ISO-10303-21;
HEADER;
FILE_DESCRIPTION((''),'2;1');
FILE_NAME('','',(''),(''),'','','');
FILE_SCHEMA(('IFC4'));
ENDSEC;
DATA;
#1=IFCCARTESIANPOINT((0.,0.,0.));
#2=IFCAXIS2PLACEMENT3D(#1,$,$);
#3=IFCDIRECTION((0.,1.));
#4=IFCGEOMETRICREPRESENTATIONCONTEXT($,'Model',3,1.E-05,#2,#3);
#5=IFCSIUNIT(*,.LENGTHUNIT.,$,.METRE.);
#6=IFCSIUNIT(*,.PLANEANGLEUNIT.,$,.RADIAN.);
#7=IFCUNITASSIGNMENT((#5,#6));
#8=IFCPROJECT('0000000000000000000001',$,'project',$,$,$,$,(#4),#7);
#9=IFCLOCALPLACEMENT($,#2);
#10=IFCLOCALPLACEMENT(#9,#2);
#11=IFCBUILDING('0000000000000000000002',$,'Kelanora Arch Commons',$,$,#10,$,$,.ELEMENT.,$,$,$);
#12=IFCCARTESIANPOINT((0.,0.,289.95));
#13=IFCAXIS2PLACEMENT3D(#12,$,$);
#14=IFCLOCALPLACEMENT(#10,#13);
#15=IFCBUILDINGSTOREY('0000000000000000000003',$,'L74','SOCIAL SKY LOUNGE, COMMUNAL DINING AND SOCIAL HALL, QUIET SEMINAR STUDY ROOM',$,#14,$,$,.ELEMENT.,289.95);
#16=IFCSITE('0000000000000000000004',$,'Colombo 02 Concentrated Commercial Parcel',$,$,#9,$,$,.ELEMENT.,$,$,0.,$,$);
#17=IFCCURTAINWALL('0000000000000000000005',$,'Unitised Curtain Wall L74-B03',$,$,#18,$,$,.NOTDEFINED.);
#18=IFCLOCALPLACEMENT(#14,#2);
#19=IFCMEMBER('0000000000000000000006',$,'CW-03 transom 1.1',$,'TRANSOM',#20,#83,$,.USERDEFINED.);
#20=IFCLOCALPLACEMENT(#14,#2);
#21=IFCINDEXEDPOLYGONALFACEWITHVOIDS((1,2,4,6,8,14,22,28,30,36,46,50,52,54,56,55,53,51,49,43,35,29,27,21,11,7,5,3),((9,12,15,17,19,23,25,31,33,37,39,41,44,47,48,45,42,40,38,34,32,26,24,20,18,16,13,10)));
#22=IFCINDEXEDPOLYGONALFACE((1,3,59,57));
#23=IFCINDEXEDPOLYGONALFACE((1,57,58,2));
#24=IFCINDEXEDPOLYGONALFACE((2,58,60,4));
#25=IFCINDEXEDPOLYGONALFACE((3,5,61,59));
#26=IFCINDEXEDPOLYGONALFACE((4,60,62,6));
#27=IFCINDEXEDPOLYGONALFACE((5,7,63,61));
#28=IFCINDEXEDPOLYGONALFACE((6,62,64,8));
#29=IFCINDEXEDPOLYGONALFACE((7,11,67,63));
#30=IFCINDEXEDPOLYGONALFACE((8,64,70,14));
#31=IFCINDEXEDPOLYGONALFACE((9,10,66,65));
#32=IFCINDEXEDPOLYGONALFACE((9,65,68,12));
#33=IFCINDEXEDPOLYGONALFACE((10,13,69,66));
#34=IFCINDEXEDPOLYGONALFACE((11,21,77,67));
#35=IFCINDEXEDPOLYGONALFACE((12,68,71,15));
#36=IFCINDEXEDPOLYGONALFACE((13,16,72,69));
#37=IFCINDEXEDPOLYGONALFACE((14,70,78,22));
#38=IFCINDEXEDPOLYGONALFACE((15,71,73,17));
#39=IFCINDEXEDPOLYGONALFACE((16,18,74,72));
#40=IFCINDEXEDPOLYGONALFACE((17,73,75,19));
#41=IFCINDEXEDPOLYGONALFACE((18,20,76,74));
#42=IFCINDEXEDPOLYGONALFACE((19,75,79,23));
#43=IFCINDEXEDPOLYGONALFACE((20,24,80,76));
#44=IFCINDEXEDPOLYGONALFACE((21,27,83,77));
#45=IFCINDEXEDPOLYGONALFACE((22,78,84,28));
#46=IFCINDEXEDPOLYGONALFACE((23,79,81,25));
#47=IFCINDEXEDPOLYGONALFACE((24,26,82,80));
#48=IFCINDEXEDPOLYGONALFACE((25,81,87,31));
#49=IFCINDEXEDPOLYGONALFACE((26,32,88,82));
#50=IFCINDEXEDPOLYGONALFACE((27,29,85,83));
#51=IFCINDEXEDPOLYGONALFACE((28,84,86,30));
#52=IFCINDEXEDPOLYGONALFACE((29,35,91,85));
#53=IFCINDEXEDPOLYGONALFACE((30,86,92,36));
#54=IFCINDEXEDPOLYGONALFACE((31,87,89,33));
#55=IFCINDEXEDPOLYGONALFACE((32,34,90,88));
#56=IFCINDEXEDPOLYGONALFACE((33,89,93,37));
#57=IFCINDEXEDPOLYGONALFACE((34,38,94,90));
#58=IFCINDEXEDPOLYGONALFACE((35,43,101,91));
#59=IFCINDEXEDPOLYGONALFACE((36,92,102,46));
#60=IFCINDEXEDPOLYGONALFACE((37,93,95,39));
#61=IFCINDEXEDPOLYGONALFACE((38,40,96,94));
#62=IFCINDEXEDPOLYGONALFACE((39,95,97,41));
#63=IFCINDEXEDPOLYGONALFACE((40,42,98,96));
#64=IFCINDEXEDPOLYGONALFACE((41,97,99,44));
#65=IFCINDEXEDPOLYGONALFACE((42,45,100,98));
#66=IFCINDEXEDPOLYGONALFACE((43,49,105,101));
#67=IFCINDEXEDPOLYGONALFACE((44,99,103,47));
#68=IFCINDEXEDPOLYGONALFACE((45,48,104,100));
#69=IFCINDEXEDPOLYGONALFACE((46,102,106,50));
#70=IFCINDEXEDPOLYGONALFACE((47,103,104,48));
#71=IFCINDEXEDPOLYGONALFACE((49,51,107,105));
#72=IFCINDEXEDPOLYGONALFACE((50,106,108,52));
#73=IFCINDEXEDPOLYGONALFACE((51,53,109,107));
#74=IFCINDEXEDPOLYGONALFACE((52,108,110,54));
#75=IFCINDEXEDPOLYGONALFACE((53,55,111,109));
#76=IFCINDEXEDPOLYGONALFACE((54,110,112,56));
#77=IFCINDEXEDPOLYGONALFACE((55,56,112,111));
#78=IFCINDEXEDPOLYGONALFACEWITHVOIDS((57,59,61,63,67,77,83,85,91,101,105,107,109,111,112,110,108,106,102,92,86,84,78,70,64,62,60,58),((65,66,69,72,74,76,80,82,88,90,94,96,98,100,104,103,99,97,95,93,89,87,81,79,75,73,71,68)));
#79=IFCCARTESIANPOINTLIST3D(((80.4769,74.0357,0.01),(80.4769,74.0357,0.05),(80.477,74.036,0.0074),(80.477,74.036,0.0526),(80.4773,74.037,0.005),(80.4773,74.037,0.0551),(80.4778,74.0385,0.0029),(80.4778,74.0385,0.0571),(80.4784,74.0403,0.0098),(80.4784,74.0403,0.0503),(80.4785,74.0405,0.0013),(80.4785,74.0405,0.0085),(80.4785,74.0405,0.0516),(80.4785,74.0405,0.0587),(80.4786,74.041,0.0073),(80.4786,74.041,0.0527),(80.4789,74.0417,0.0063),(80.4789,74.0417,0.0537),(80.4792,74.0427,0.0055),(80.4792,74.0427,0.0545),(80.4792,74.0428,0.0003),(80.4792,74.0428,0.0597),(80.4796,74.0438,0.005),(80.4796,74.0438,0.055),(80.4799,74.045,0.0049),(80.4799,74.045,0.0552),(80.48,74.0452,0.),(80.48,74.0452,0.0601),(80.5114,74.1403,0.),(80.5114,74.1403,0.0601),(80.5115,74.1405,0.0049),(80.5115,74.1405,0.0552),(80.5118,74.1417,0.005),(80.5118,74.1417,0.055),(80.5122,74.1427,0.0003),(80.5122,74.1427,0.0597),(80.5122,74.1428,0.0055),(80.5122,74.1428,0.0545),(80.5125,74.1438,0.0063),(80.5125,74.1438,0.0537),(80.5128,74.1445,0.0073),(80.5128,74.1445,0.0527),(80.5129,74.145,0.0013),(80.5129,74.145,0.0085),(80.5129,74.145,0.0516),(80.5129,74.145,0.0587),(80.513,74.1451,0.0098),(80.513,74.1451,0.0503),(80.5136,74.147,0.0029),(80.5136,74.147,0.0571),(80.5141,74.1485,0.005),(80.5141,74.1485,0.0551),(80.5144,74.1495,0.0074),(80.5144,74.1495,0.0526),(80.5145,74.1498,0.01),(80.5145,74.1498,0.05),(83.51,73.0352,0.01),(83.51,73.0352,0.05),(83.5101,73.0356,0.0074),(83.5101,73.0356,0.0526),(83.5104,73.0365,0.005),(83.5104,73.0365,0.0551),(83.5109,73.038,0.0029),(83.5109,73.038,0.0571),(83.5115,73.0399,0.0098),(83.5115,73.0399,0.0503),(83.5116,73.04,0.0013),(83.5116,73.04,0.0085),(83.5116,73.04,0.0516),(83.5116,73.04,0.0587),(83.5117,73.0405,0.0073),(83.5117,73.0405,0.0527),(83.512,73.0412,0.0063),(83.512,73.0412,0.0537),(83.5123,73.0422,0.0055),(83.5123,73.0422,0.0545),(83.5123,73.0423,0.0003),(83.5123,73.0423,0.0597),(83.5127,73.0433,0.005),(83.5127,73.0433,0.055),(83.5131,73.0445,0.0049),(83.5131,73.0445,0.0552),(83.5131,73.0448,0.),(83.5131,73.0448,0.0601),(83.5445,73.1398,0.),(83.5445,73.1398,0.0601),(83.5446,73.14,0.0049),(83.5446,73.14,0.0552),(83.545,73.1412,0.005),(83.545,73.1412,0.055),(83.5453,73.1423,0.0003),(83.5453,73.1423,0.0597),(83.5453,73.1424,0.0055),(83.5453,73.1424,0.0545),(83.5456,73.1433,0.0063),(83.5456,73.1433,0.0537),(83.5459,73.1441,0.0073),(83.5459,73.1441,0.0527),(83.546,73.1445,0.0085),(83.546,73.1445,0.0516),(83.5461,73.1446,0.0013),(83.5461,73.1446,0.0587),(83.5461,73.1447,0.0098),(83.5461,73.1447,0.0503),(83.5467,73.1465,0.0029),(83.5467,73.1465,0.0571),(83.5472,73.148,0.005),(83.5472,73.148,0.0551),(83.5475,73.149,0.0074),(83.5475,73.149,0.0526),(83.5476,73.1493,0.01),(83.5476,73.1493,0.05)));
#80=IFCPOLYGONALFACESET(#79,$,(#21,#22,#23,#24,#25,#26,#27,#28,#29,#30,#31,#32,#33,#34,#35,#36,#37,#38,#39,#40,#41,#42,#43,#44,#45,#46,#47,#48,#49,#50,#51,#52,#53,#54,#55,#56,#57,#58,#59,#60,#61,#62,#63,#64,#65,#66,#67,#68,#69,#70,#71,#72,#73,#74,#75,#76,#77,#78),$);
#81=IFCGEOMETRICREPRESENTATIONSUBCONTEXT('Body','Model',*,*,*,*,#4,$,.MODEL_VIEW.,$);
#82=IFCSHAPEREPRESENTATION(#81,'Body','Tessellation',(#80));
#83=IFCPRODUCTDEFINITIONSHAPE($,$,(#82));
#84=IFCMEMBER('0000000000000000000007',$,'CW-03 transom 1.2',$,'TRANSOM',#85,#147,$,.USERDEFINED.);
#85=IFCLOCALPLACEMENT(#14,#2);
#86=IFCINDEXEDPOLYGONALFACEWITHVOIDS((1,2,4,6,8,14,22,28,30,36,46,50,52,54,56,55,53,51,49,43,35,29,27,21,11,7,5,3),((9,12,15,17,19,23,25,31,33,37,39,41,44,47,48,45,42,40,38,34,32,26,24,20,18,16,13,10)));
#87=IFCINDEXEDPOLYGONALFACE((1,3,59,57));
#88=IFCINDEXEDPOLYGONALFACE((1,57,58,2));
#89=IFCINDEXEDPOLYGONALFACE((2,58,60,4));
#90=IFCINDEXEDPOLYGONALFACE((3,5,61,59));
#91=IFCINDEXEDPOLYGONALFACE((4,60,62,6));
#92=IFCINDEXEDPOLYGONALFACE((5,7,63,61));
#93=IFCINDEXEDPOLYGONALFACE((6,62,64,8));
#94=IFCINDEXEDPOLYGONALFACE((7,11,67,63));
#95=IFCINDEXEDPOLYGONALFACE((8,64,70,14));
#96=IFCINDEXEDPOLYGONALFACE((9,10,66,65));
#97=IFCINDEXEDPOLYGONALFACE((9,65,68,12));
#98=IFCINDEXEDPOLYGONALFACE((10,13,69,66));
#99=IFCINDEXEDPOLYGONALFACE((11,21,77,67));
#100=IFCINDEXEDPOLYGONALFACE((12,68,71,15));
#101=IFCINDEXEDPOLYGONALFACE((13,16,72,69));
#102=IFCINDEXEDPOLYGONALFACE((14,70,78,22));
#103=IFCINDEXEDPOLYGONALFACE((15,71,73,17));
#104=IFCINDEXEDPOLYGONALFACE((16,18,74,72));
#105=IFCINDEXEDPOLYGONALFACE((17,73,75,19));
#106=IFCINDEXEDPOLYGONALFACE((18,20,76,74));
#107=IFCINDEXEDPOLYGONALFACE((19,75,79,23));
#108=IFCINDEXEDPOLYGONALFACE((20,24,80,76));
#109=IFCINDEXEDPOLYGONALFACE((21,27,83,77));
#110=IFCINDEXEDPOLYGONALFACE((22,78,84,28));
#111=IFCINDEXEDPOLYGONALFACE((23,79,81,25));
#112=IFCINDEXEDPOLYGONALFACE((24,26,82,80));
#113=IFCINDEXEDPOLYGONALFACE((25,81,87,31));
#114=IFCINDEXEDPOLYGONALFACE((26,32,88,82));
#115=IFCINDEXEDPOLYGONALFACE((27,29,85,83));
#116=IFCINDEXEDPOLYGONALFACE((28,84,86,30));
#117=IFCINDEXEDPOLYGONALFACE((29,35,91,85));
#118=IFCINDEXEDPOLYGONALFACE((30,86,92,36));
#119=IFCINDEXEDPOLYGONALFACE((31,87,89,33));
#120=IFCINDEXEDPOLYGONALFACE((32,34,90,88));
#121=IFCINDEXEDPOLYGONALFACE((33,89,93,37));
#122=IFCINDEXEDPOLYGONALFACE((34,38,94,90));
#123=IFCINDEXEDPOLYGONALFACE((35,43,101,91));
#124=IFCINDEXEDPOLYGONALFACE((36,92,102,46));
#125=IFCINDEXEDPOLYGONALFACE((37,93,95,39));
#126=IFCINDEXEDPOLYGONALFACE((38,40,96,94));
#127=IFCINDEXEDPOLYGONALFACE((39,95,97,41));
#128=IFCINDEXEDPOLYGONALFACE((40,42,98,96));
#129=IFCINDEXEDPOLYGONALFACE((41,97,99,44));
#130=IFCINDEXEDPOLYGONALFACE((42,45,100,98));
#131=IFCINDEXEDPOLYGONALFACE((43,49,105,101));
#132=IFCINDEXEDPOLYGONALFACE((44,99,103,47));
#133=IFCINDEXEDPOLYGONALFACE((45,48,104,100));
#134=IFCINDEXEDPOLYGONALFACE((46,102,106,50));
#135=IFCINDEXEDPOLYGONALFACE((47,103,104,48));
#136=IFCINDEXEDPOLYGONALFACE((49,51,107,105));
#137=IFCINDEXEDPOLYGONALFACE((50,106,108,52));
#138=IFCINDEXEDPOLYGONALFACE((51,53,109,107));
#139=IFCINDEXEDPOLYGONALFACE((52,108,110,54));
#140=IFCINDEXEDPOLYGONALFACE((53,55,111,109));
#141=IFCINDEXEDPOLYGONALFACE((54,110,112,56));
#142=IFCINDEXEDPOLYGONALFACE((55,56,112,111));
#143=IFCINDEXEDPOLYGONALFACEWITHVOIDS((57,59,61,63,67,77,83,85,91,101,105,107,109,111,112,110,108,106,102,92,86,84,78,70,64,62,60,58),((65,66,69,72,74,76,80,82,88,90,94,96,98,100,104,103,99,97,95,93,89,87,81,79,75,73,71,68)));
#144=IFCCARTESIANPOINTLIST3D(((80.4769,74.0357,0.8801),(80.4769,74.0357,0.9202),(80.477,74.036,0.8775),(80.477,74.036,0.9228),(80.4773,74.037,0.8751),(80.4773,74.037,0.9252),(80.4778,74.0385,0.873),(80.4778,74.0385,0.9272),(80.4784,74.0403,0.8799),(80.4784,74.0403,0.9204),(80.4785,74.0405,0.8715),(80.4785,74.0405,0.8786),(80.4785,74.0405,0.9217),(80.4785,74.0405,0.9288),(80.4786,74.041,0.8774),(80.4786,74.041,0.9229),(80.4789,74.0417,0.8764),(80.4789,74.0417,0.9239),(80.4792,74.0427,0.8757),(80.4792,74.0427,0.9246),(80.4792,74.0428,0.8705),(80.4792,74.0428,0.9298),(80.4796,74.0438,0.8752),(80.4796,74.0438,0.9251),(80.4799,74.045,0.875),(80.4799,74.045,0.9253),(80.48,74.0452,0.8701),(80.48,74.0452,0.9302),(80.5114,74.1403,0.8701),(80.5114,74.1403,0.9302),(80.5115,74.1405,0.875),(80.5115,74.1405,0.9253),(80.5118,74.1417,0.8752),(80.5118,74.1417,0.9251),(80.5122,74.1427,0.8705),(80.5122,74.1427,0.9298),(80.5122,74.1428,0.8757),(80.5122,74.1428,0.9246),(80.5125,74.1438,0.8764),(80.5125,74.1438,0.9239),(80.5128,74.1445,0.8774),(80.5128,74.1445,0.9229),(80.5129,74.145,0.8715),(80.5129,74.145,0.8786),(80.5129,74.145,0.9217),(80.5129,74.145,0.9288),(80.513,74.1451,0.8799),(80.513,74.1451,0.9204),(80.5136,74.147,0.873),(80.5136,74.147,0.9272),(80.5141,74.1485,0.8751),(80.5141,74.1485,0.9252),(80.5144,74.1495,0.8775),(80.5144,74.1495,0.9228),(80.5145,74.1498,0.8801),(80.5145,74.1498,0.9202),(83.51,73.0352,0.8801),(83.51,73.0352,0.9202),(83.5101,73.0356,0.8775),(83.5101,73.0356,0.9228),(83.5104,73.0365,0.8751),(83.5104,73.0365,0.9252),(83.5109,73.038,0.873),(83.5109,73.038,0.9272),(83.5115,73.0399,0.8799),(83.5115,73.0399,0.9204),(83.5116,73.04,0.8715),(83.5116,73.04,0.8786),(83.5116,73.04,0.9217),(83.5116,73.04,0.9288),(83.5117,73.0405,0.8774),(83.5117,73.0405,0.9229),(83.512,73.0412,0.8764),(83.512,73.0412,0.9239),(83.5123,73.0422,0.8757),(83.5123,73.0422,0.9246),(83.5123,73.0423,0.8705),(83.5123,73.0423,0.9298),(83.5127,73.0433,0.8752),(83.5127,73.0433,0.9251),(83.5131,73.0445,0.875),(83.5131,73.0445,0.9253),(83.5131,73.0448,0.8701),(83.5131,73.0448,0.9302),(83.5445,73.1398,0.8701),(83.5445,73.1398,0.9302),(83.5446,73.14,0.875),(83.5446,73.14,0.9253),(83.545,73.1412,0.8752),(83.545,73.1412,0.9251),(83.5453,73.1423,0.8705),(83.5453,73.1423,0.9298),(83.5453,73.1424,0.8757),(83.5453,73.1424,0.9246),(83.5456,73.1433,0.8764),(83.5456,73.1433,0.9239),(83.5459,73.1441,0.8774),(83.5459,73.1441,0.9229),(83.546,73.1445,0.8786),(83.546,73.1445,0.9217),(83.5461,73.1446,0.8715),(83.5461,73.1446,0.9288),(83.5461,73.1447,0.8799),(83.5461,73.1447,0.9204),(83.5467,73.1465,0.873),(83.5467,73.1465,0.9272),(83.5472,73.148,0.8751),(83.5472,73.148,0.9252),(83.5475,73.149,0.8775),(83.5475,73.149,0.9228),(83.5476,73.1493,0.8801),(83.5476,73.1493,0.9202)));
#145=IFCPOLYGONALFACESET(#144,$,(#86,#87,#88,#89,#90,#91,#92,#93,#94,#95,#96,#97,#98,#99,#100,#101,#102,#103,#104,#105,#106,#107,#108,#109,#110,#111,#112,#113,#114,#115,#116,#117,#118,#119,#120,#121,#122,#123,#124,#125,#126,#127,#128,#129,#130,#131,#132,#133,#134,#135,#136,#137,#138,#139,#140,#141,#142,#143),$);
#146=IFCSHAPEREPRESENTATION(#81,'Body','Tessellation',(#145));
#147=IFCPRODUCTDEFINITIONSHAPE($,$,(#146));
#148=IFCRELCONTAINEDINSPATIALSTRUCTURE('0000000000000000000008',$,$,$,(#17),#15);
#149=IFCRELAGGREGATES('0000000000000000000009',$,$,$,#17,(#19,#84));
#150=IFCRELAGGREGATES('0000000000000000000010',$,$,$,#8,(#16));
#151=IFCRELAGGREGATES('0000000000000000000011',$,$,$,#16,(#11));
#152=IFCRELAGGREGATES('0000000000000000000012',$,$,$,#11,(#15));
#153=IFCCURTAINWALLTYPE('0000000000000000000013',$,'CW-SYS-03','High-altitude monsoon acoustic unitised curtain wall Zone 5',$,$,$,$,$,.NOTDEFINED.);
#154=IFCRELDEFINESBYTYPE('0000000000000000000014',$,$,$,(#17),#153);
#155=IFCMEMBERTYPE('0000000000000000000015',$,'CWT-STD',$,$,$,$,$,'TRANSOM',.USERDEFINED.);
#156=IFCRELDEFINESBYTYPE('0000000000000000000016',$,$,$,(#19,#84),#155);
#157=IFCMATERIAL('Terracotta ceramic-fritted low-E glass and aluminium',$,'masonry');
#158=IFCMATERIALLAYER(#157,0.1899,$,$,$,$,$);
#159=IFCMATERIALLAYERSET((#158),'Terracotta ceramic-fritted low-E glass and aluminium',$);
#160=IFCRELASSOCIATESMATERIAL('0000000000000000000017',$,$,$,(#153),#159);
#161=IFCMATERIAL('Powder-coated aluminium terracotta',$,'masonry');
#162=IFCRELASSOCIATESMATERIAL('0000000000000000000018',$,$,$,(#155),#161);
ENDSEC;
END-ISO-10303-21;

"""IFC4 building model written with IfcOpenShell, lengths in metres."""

from ifc_helpers import new_model, si_unit, direction, frame, origin, origin_2d, place, context, subcontext, project, spatial, hollow_rectangle, extrude, material, layer, layer_set, material_profile, profile_set, type_object, element, aggregate, save


model = new_model("IFC4")

# Units and contexts
model_context = context("Model", 3, precision=1e-05, world=origin(), true_north=direction((0.0, 1.0)))
body_context = subcontext(model_context, "Body", "Model", "MODEL_VIEW")
ifc_project = project(units=[si_unit("LENGTHUNIT", "METRE"), si_unit("PLANEANGLEUNIT", "RADIAN")], contexts=[model_context])

# Site, building, storey
site_placement = place(None, origin())
site = spatial("IfcSite", under=ifc_project, at=site_placement, Name="Colombo 02 Concentrated Commercial Parcel", CompositionType="ELEMENT", RefElevation=0.0)
building_placement = place(site_placement, origin())
building = spatial("IfcBuilding", under=site, at=building_placement, Name="Kelanora Arch Commons", CompositionType="ELEMENT")
storey_placement = place(building_placement, frame((0.0, 0.0, 289.95)))
storey = spatial("IfcBuildingStorey", under=building, at=storey_placement, Name="L74", Description="SOCIAL SKY LOUNGE, COMMUNAL DINING AND SOCIAL HALL, QUIET SEMINAR STUDY ROOM", CompositionType="ELEMENT", Elevation=289.95)

# Shared definitions
ifc_material_1 = material(Name="Terracotta ceramic-fritted low-E glass and aluminium", Category="masonry")
ifc_layer_1 = layer(ifc_material_1, 0.1899)
ifc_layer_set_1 = layer_set([ifc_layer_1], Name="Terracotta ceramic-fritted low-E glass and aluminium")
curtain_wall_type = type_object("IfcCurtainWallType", Name="CW-SYS-03", Description="High-altitude monsoon acoustic unitised curtain wall Zone 5", PredefinedType="NOTDEFINED", material=ifc_layer_set_1)
ifc_material_2 = material(Name="Powder-coated aluminium terracotta", Category="masonry")

# Curtain wall, members
curtain_wall_1_placement = place(storey_placement, origin())
curtain_wall_1 = element("IfcCurtainWall", 1, at=curtain_wall_1_placement, inside=storey, type_object=curtain_wall_type, Name="Unitised Curtain Wall L74-B03", PredefinedType="NOTDEFINED")
ifc_material_profile_1 = material_profile(ifc_material_2, hollow_rectangle(XDim=0.1201, YDim=0.0601, WallThickness=0.0049, InnerFilletRadius=0.0049, OuterFilletRadius=0.01, at=origin_2d()), Name="CWT120x60")
ifc_profile_set_1 = profile_set([ifc_material_profile_1], Name="Powder-coated aluminium terracotta")
member_type_1 = type_object("IfcMemberType", Name="CWT-STD", ElementType="TRANSOM", PredefinedType="USERDEFINED", material=ifc_profile_set_1)
member_1_placement = place(storey_placement, frame((83.5288, 73.0923, 0.03), z_axis=(-0.949672, 0.313245, 0.0), x_axis=(-0.313245, -0.949672, 0.0)))
member_1 = element("IfcMember", 2, at=member_1_placement, type_object=member_type_1, Name="CW-03 transom 1.1", ObjectType="TRANSOM", PredefinedType="USERDEFINED", context=body_context, shape_type="SweptSolid", body=[
    extrude(hollow_rectangle(XDim=0.1201, YDim=0.0601, WallThickness=0.0049, InnerFilletRadius=0.0049, OuterFilletRadius=0.01, at=origin_2d()), origin(), (0.0, 0.0, 1.0), 3.1938),
])
member_2_placement = place(storey_placement, frame((83.5288, 73.0923, 0.9001), z_axis=(-0.949672, 0.313245, 0.0), x_axis=(-0.313245, -0.949672, 0.0)))
member_2 = element("IfcMember", 3, at=member_2_placement, type_object=member_type_1, Name="CW-03 transom 1.2", ObjectType="TRANSOM", PredefinedType="USERDEFINED", context=body_context, shape_type="SweptSolid", body=[
    extrude(hollow_rectangle(XDim=0.1201, YDim=0.0601, WallThickness=0.0049, InnerFilletRadius=0.0049, OuterFilletRadius=0.01, at=origin_2d()), origin(), (0.0, 0.0, 1.0), 3.1938),
])
aggregate(curtain_wall_1, [member_1, member_2])

save(model, "model.ifc")
